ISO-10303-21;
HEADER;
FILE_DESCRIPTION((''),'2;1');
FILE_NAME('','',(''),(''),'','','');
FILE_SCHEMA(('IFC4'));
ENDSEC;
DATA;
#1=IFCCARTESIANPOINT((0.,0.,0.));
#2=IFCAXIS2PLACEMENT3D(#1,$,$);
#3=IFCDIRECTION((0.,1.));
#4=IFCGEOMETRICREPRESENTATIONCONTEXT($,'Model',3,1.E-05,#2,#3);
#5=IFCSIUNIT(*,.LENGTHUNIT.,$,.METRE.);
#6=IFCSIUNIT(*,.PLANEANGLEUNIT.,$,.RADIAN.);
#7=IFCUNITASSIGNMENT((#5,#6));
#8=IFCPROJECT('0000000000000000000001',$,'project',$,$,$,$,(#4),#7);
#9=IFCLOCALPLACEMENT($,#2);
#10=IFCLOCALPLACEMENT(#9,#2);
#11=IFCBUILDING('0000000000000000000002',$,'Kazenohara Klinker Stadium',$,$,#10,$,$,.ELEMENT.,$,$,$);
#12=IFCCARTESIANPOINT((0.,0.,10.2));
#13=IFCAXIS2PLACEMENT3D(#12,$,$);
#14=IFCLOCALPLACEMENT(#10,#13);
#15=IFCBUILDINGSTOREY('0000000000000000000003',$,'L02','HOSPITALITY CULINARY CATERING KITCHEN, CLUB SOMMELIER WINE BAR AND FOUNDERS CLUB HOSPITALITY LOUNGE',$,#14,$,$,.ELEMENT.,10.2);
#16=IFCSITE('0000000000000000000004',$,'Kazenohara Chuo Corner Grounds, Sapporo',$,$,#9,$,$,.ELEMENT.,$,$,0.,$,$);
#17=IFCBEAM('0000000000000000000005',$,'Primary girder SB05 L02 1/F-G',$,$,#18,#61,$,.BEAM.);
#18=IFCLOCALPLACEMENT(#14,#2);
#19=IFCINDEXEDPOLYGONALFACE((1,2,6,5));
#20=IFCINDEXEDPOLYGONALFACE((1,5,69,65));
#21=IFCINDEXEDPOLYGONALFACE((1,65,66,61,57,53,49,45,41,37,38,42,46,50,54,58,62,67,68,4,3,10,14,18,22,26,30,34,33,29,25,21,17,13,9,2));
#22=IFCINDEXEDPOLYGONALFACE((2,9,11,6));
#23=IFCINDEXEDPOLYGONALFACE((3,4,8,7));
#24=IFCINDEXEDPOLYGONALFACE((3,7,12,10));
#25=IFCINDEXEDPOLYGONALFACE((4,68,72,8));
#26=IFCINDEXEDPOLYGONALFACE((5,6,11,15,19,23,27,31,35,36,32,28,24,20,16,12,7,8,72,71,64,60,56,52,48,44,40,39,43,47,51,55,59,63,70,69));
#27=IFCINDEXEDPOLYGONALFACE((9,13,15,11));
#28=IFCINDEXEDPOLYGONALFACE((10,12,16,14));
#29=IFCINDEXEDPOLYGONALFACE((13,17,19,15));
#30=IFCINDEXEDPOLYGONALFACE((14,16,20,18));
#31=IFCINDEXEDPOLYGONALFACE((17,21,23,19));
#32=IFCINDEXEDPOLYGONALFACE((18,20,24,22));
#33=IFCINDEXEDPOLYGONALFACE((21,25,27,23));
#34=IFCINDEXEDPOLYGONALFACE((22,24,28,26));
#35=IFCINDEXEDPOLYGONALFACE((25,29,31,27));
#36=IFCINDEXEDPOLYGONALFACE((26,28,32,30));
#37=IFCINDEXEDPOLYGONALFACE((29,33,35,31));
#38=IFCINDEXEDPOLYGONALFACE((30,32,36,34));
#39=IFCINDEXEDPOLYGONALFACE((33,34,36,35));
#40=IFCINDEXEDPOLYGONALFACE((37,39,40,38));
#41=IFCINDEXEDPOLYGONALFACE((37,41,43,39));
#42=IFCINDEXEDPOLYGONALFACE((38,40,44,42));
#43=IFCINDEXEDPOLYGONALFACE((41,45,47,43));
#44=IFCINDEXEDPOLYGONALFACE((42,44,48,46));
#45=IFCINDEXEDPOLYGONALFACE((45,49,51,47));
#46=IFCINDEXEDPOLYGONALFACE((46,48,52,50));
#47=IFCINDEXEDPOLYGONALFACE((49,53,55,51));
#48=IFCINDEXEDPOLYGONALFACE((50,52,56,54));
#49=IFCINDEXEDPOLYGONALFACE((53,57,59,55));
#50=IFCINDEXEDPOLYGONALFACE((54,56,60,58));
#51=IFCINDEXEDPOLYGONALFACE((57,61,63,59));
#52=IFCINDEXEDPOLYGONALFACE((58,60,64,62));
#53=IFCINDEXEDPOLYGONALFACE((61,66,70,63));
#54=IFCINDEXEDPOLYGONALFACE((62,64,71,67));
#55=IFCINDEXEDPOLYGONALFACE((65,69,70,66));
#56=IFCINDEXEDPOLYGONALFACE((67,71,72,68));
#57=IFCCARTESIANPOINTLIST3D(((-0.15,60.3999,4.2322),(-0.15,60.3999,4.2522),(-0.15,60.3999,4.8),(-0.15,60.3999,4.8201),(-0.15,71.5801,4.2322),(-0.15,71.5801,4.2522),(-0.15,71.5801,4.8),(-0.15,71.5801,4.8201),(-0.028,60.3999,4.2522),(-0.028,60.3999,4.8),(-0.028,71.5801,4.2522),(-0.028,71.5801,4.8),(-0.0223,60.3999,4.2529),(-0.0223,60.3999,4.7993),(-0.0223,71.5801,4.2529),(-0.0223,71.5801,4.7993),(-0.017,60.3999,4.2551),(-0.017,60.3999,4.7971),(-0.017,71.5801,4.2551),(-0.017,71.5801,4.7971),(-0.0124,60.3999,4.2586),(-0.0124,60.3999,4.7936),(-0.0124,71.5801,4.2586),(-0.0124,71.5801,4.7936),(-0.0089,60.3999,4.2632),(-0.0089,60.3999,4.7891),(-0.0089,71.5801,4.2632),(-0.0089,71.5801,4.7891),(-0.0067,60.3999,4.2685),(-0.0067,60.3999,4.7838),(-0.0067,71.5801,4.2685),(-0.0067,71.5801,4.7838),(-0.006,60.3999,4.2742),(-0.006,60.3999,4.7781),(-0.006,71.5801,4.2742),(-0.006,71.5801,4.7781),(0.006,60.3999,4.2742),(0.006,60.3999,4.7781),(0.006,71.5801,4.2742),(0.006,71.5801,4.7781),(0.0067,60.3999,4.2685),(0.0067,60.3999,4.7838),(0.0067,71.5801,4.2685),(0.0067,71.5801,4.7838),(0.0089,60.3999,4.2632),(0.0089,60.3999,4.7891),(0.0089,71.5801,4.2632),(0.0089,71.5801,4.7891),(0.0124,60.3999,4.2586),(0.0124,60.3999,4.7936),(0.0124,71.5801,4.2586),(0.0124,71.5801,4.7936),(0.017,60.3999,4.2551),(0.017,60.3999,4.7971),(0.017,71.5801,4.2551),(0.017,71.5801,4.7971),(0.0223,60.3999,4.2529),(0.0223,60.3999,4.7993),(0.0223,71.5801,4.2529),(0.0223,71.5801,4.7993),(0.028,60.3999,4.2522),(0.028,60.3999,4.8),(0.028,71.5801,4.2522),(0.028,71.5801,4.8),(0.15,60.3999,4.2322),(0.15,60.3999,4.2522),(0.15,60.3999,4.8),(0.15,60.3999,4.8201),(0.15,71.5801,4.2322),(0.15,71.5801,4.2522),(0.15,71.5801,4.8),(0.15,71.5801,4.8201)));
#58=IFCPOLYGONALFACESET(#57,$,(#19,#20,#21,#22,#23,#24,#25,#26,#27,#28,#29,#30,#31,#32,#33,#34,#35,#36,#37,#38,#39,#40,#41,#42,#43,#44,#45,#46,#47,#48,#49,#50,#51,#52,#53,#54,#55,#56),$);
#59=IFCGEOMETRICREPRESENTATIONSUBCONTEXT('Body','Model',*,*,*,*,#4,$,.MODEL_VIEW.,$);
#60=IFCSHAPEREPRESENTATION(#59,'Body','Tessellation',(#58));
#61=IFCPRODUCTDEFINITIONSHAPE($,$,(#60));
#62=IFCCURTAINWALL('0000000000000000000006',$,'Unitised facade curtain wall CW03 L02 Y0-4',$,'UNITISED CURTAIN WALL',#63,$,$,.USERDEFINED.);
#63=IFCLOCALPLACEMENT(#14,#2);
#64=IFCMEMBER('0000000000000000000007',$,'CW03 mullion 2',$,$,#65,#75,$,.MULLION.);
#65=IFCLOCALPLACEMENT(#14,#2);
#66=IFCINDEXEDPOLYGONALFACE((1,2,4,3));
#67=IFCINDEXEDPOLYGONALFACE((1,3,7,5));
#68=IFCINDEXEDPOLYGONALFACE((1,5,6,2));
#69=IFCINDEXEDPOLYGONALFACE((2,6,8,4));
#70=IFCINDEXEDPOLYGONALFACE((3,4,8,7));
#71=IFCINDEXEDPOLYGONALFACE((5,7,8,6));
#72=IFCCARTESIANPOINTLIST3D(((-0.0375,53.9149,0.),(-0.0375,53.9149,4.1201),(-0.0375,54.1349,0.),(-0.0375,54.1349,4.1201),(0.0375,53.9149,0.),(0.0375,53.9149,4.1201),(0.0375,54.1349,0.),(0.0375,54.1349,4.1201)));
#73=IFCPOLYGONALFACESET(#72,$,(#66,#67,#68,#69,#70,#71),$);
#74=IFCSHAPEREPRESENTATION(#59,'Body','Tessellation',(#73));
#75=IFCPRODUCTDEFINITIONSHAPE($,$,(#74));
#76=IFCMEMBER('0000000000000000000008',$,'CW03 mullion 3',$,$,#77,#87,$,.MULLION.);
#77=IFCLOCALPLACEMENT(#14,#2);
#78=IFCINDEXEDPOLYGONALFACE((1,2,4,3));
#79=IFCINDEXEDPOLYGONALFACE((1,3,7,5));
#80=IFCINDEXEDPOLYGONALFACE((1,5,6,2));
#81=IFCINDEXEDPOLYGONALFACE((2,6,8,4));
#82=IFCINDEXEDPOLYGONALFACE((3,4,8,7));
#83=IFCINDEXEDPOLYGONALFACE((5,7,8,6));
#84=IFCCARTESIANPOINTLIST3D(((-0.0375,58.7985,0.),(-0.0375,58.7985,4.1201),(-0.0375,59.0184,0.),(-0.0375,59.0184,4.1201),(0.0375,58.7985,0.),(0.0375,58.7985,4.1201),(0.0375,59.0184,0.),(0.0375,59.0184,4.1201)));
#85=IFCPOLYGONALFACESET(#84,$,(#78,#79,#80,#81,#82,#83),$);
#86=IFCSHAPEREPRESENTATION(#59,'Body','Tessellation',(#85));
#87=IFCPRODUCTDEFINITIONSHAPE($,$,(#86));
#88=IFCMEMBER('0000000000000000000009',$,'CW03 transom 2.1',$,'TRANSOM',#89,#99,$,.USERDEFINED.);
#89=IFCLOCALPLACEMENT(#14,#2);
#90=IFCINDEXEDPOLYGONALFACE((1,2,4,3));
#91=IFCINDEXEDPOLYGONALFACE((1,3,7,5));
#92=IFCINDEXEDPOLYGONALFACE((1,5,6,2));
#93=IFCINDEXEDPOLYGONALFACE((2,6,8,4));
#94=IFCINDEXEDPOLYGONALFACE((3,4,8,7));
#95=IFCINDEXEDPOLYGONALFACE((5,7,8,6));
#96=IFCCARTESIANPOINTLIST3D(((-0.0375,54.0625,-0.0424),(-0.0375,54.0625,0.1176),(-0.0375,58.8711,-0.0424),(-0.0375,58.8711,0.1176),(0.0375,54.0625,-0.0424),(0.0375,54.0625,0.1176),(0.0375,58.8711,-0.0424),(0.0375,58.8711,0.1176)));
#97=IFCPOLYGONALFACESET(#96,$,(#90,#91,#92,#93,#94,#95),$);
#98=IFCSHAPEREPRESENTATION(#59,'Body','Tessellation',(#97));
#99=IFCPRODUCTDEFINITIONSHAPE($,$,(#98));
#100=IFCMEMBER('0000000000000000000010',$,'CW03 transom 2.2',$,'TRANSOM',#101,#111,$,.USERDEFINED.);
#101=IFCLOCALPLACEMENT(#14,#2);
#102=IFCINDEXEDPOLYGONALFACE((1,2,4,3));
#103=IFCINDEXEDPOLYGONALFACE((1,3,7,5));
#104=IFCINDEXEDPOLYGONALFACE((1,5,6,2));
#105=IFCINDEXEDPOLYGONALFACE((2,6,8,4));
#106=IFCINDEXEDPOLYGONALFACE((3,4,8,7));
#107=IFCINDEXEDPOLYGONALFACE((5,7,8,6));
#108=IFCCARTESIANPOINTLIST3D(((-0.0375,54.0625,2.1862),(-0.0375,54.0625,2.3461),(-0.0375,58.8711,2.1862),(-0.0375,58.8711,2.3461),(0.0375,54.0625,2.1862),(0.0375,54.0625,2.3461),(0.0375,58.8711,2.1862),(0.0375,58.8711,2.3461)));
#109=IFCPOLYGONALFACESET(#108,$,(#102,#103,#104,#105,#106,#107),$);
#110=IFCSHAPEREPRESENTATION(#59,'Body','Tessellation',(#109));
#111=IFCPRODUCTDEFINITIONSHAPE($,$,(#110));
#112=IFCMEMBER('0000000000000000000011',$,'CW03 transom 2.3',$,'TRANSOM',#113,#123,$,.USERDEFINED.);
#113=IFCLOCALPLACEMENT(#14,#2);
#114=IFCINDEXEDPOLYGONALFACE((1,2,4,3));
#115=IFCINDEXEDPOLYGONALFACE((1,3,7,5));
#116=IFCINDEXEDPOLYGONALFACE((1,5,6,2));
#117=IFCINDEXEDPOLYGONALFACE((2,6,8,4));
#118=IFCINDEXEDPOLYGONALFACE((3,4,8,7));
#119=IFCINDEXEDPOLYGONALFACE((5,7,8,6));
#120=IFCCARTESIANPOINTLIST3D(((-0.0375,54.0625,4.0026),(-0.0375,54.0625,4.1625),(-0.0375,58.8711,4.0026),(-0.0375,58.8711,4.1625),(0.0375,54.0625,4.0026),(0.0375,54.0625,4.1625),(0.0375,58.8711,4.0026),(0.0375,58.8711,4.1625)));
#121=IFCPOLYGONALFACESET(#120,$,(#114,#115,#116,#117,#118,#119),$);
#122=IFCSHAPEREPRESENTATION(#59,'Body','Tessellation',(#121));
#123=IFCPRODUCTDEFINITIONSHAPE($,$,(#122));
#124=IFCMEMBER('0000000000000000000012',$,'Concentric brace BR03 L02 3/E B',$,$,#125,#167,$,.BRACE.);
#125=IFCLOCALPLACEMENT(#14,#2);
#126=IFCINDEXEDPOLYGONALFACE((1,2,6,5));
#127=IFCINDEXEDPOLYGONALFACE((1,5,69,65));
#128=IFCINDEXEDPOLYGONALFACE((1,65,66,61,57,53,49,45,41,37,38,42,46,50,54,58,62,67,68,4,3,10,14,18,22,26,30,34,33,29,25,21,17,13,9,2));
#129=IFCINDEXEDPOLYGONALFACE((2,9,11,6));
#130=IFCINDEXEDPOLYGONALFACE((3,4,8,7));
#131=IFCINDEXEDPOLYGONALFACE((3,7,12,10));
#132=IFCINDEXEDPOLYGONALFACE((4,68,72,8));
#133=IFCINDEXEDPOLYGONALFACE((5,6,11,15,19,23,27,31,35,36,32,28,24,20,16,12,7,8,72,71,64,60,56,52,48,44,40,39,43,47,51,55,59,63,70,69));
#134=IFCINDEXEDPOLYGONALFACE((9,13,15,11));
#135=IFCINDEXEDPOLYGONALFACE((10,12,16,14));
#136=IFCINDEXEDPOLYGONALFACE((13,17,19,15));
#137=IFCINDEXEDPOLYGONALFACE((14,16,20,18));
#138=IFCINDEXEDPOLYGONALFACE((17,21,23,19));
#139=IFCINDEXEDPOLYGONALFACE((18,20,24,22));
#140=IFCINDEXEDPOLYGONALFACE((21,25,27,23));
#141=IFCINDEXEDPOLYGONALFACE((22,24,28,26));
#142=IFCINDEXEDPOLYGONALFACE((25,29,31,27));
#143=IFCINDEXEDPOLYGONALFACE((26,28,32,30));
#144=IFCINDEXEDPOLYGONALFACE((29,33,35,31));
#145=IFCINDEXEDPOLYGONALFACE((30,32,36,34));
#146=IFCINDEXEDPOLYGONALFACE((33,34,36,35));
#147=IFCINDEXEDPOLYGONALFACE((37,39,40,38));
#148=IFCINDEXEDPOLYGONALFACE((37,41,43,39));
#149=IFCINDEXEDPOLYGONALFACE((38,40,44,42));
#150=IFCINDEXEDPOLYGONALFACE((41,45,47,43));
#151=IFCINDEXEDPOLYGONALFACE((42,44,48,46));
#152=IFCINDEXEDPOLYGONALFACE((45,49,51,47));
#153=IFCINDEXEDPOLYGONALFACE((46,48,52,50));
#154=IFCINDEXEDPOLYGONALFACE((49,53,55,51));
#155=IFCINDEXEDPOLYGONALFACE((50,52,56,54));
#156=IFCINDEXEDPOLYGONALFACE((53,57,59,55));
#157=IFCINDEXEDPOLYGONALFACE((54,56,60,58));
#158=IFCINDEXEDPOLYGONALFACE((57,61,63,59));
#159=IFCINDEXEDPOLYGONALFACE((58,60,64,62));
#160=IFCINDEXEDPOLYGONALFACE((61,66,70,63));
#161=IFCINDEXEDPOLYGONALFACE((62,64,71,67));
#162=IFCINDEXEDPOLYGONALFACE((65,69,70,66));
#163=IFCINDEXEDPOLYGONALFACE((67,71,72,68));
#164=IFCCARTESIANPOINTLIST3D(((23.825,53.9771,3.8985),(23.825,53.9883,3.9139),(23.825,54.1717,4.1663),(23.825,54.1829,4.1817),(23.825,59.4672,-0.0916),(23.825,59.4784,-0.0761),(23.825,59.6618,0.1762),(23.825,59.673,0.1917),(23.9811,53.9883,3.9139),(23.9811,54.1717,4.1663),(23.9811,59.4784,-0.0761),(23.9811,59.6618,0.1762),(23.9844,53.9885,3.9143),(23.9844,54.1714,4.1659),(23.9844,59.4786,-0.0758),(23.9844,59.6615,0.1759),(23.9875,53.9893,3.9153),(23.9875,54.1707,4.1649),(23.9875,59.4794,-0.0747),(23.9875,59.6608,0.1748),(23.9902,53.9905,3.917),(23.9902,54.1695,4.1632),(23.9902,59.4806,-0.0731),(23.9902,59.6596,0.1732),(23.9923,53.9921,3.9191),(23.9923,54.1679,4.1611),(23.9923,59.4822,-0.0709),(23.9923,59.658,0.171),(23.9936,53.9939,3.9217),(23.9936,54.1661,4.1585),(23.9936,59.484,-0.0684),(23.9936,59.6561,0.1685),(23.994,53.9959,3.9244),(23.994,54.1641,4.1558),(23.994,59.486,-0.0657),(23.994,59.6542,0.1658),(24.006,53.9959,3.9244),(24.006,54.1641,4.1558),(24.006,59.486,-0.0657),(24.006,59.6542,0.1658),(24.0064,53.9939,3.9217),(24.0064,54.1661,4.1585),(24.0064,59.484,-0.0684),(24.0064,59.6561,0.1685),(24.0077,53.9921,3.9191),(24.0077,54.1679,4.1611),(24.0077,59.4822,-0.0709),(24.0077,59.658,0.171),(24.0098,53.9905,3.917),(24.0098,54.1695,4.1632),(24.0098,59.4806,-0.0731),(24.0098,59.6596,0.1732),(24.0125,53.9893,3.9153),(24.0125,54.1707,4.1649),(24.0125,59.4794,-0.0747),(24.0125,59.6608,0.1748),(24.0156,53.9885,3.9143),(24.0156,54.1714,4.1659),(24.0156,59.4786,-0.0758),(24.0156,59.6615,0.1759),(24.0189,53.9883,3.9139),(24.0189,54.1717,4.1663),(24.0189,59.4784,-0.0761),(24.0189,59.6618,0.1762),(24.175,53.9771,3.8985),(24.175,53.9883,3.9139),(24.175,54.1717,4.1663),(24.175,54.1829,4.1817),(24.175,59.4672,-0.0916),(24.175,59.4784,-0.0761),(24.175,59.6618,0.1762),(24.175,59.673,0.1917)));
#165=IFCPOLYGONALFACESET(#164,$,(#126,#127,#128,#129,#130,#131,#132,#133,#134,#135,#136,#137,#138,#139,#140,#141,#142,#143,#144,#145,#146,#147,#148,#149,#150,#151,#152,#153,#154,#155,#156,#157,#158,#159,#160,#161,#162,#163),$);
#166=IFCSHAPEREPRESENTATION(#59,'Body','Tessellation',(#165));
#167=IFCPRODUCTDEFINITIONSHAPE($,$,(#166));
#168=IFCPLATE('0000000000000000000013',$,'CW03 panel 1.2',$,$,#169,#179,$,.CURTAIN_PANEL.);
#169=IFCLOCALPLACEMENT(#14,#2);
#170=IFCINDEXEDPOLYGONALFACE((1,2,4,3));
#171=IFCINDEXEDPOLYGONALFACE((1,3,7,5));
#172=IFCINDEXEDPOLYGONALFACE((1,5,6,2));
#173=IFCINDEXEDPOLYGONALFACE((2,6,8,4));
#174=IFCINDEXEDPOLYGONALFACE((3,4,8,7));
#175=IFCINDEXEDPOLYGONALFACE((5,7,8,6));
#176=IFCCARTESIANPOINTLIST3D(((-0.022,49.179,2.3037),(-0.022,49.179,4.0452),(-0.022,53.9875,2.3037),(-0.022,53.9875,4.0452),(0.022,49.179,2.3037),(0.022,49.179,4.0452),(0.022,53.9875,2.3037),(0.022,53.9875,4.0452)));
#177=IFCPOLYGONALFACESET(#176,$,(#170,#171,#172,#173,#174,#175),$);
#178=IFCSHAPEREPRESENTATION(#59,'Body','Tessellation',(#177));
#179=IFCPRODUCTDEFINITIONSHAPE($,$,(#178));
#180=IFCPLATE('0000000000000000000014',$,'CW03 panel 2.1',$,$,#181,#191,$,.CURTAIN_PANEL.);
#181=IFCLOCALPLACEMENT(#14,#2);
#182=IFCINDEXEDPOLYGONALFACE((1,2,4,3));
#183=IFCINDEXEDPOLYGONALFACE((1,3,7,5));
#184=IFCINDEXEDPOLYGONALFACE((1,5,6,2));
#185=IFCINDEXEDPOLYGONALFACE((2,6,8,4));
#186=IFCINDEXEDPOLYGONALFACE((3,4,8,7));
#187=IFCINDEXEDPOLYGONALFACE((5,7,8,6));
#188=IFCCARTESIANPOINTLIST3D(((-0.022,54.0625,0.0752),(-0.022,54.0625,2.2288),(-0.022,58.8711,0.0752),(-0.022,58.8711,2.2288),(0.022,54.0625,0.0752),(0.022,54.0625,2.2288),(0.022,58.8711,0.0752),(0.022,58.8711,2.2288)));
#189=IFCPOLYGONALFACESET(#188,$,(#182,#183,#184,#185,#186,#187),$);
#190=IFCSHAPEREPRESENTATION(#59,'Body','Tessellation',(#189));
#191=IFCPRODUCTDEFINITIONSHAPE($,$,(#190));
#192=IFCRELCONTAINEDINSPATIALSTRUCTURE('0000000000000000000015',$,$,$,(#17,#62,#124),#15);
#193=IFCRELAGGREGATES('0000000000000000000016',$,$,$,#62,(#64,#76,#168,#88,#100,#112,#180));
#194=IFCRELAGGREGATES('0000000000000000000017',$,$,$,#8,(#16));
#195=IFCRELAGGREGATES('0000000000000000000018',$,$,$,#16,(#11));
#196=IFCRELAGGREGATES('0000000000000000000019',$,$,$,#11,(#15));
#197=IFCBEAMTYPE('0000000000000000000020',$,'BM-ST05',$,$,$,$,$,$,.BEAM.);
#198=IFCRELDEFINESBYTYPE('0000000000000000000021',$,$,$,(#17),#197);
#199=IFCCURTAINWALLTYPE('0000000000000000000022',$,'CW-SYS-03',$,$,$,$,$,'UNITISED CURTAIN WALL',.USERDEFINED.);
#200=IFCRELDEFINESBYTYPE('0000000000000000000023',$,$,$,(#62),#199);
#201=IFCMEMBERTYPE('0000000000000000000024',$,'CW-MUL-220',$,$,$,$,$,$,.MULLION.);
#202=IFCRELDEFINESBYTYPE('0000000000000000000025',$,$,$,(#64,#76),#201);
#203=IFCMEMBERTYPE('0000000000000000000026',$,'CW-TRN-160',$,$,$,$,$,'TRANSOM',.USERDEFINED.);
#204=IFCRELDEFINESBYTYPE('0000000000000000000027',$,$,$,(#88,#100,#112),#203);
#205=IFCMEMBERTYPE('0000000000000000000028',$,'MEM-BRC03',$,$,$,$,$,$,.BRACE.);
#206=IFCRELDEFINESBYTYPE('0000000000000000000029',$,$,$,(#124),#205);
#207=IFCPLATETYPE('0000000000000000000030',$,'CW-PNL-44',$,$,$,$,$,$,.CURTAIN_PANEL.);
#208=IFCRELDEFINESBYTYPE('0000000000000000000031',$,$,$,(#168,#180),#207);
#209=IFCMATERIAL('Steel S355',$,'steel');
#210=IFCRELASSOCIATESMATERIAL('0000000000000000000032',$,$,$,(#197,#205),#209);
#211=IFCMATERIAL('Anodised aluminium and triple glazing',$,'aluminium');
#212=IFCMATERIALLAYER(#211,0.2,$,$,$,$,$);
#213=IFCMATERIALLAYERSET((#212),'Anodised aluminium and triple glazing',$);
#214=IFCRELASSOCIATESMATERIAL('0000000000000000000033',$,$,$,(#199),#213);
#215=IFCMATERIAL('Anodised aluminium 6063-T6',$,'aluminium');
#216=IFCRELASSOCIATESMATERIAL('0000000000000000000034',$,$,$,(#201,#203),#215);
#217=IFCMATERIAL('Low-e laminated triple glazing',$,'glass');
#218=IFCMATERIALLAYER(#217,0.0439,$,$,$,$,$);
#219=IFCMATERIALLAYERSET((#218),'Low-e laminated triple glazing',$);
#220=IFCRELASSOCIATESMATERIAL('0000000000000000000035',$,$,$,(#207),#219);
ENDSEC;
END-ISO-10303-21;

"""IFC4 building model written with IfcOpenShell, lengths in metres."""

from ifc_helpers import new_model, si_unit, direction, frame, origin, origin_2d, place, context, subcontext, project, spatial, rectangle, i_section, extrude, material, layer, layer_set, material_profile, profile_set, type_object, element, aggregate, save


model = new_model("IFC4")

# Units and contexts
model_context = context("Model", 3, precision=1e-05, world=origin(), true_north=direction((0.0, 1.0)))
body_context = subcontext(model_context, "Body", "Model", "MODEL_VIEW")
ifc_project = project(units=[si_unit("LENGTHUNIT", "METRE"), si_unit("PLANEANGLEUNIT", "RADIAN")], contexts=[model_context])

# Site, building, storey
site_placement = place(None, origin())
site = spatial("IfcSite", under=ifc_project, at=site_placement, Name="Kazenohara Chuo Corner Grounds, Sapporo", CompositionType="ELEMENT", RefElevation=0.0)
building_placement = place(site_placement, origin())
building = spatial("IfcBuilding", under=site, at=building_placement, Name="Kazenohara Klinker Stadium", CompositionType="ELEMENT")
storey_placement = place(building_placement, frame((0.0, 0.0, 10.2)))
storey = spatial("IfcBuildingStorey", under=building, at=storey_placement, Name="L02", Description="HOSPITALITY CULINARY CATERING KITCHEN, CLUB SOMMELIER WINE BAR AND FOUNDERS CLUB HOSPITALITY LOUNGE", CompositionType="ELEMENT", Elevation=10.2)

# Beam
ifc_material_1 = material(Name="Steel S355", Category="steel")
ifc_material_profile_1 = material_profile(ifc_material_1, i_section(OverallWidth=0.3, OverallDepth=0.5879, WebThickness=0.012, FlangeThickness=0.02, FilletRadius=0.022, at=origin_2d()), Name="H-588x300x12x20")
ifc_profile_set_1 = profile_set([ifc_material_profile_1], Name="Steel S355")
beam_type_1 = type_object("IfcBeamType", Name="BM-ST05", PredefinedType="BEAM", material=ifc_profile_set_1)
beam_1_placement = place(storey_placement, frame((0.0, 60.3999, 4.5261), z_axis=(0.0, 1.0, 0.0), x_axis=(-1.0, 0.0, 0.0)))
element("IfcBeam", 1, at=beam_1_placement, inside=storey, type_object=beam_type_1, Name="Primary girder SB05 L02 1/F-G", PredefinedType="BEAM", context=body_context, shape_type="SweptSolid", body=[
    extrude(i_section(OverallWidth=0.3, OverallDepth=0.5879, WebThickness=0.012, FlangeThickness=0.02, FilletRadius=0.022, at=origin_2d()), origin(), (0.0, 0.0, 1.0), 11.1802),
])

# Curtain wall, members
ifc_material_2 = material(Name="Anodised aluminium and triple glazing", Category="aluminium")
ifc_layer_1 = layer(ifc_material_2, 0.2)
ifc_layer_set_1 = layer_set([ifc_layer_1], Name="Anodised aluminium and triple glazing")
curtain_wall_type = type_object("IfcCurtainWallType", Name="CW-SYS-03", ElementType="UNITISED CURTAIN WALL", PredefinedType="USERDEFINED", material=ifc_layer_set_1)
curtain_wall_placement = place(storey_placement, origin())
curtain_wall = element("IfcCurtainWall", 2, at=curtain_wall_placement, inside=storey, type_object=curtain_wall_type, Name="Unitised facade curtain wall CW03 L02 Y0-4", ObjectType="UNITISED CURTAIN WALL", PredefinedType="USERDEFINED")
ifc_material_3 = material(Name="Anodised aluminium 6063-T6", Category="aluminium")
ifc_material_profile_2 = material_profile(ifc_material_3, rectangle(XDim=0.075, YDim=0.22, at=origin_2d()), Name="ALU-MUL-75x220")
ifc_profile_set_2 = profile_set([ifc_material_profile_2], Name="Anodised aluminium 6063-T6")
member_type_1 = type_object("IfcMemberType", Name="CW-MUL-220", PredefinedType="MULLION", material=ifc_profile_set_2)
member_1_placement = place(storey_placement, frame((0.0, 54.0249, 0.0), z_axis=(0.0, 0.0, 1.0), x_axis=(-1.0, 0.0, 0.0)))
member_1 = element("IfcMember", 3, at=member_1_placement, type_object=member_type_1, Name="CW03 mullion 2", PredefinedType="MULLION", context=body_context, shape_type="SweptSolid", body=[
    extrude(rectangle(XDim=0.075, YDim=0.22, at=origin_2d()), origin(), (0.0, 0.0, 1.0), 4.1201),
])
member_2_placement = place(storey_placement, frame((0.0, 58.9084, 0.0), z_axis=(0.0, 0.0, 1.0), x_axis=(-1.0, 0.0, 0.0)))
member_2 = element("IfcMember", 4, at=member_2_placement, type_object=member_type_1, Name="CW03 mullion 3", PredefinedType="MULLION", context=body_context, shape_type="SweptSolid", body=[
    extrude(rectangle(XDim=0.075, YDim=0.22, at=origin_2d()), origin(), (0.0, 0.0, 1.0), 4.1201),
])
ifc_material_profile_3 = material_profile(ifc_material_3, rectangle(XDim=0.075, YDim=0.1599, at=origin_2d()), Name="ALU-TRN-75x160")
ifc_profile_set_3 = profile_set([ifc_material_profile_3], Name="Anodised aluminium 6063-T6")
member_type_2 = type_object("IfcMemberType", Name="CW-TRN-160", ElementType="TRANSOM", PredefinedType="USERDEFINED", material=ifc_profile_set_3)
member_3_placement = place(storey_placement, frame((0.0, 54.0625, 0.0376), z_axis=(0.0, 1.0, 0.0), x_axis=(-1.0, 0.0, 0.0)))
member_3 = element("IfcMember", 5, at=member_3_placement, type_object=member_type_2, Name="CW03 transom 2.1", ObjectType="TRANSOM", PredefinedType="USERDEFINED", context=body_context, shape_type="SweptSolid", body=[
    extrude(rectangle(XDim=0.075, YDim=0.1599, at=origin_2d()), origin(), (0.0, 0.0, 1.0), 4.8086),
])
member_4_placement = place(storey_placement, frame((0.0, 54.0625, 2.2661), z_axis=(0.0, 1.0, 0.0), x_axis=(-1.0, 0.0, 0.0)))
member_4 = element("IfcMember", 6, at=member_4_placement, type_object=member_type_2, Name="CW03 transom 2.2", ObjectType="TRANSOM", PredefinedType="USERDEFINED", context=body_context, shape_type="SweptSolid", body=[
    extrude(rectangle(XDim=0.075, YDim=0.1599, at=origin_2d()), origin(), (0.0, 0.0, 1.0), 4.8086),
])
member_5_placement = place(storey_placement, frame((0.0, 54.0625, 4.0825), z_axis=(0.0, 1.0, 0.0), x_axis=(-1.0, 0.0, 0.0)))
member_5 = element("IfcMember", 7, at=member_5_placement, type_object=member_type_2, Name="CW03 transom 2.3", ObjectType="TRANSOM", PredefinedType="USERDEFINED", context=body_context, shape_type="SweptSolid", body=[
    extrude(rectangle(XDim=0.075, YDim=0.1599, at=origin_2d()), origin(), (0.0, 0.0, 1.0), 4.8086),
])

# Member
ifc_material_profile_4 = material_profile(ifc_material_1, i_section(OverallWidth=0.3501, OverallDepth=0.3501, WebThickness=0.012, FlangeThickness=0.019, FilletRadius=0.0129, at=origin_2d()), Name="H-350x350x12x19")
ifc_profile_set_4 = profile_set([ifc_material_profile_4], Name="Steel S355")
member_type_3 = type_object("IfcMemberType", Name="MEM-BRC03", PredefinedType="BRACE", material=ifc_profile_set_4)
member_6_placement = place(storey_placement, frame((24.0, 59.5701, 0.05), z_axis=(0.0, -0.808927, 0.587909), x_axis=(1.0, 0.0, 0.0)))
element("IfcMember", 8, at=member_6_placement, inside=storey, type_object=member_type_3, Name="Concentric brace BR03 L02 3/E B", PredefinedType="BRACE", context=body_context, shape_type="SweptSolid", body=[
    extrude(i_section(OverallWidth=0.3501, OverallDepth=0.3501, WebThickness=0.012, FlangeThickness=0.019, FilletRadius=0.0129, at=origin_2d()), origin(), (0.0, 0.0, 1.0), 6.7869),
])

# Plates
ifc_material_4 = material(Name="Low-e laminated triple glazing", Category="glass")
ifc_layer_2 = layer(ifc_material_4, 0.0439)
ifc_layer_set_2 = layer_set([ifc_layer_2], Name="Low-e laminated triple glazing")
plate_type_1 = type_object("IfcPlateType", Name="CW-PNL-44", PredefinedType="CURTAIN_PANEL", material=ifc_layer_set_2)
plate_1_placement = place(storey_placement, frame((0.0, 51.5833, 2.3037), z_axis=(0.0, 0.0, 1.0), x_axis=(0.0, 1.0, 0.0)))
plate_1 = element("IfcPlate", 9, at=plate_1_placement, type_object=plate_type_1, Name="CW03 panel 1.2", PredefinedType="CURTAIN_PANEL", context=body_context, shape_type="SweptSolid", body=[
    extrude(rectangle(XDim=4.8086, YDim=0.0439, at=origin_2d()), origin(), (0.0, 0.0, 1.0), 1.7415),
])
plate_2_placement = place(storey_placement, frame((0.0, 56.4668, 0.0752), z_axis=(0.0, 0.0, 1.0), x_axis=(0.0, 1.0, 0.0)))
plate_2 = element("IfcPlate", 10, at=plate_2_placement, type_object=plate_type_1, Name="CW03 panel 2.1", PredefinedType="CURTAIN_PANEL", context=body_context, shape_type="SweptSolid", body=[
    extrude(rectangle(XDim=4.8086, YDim=0.0439, at=origin_2d()), origin(), (0.0, 0.0, 1.0), 2.1536),
])
aggregate(curtain_wall, [member_1, member_2, plate_1, member_3, member_4, member_5, plate_2])

save(model, "model.ifc")
